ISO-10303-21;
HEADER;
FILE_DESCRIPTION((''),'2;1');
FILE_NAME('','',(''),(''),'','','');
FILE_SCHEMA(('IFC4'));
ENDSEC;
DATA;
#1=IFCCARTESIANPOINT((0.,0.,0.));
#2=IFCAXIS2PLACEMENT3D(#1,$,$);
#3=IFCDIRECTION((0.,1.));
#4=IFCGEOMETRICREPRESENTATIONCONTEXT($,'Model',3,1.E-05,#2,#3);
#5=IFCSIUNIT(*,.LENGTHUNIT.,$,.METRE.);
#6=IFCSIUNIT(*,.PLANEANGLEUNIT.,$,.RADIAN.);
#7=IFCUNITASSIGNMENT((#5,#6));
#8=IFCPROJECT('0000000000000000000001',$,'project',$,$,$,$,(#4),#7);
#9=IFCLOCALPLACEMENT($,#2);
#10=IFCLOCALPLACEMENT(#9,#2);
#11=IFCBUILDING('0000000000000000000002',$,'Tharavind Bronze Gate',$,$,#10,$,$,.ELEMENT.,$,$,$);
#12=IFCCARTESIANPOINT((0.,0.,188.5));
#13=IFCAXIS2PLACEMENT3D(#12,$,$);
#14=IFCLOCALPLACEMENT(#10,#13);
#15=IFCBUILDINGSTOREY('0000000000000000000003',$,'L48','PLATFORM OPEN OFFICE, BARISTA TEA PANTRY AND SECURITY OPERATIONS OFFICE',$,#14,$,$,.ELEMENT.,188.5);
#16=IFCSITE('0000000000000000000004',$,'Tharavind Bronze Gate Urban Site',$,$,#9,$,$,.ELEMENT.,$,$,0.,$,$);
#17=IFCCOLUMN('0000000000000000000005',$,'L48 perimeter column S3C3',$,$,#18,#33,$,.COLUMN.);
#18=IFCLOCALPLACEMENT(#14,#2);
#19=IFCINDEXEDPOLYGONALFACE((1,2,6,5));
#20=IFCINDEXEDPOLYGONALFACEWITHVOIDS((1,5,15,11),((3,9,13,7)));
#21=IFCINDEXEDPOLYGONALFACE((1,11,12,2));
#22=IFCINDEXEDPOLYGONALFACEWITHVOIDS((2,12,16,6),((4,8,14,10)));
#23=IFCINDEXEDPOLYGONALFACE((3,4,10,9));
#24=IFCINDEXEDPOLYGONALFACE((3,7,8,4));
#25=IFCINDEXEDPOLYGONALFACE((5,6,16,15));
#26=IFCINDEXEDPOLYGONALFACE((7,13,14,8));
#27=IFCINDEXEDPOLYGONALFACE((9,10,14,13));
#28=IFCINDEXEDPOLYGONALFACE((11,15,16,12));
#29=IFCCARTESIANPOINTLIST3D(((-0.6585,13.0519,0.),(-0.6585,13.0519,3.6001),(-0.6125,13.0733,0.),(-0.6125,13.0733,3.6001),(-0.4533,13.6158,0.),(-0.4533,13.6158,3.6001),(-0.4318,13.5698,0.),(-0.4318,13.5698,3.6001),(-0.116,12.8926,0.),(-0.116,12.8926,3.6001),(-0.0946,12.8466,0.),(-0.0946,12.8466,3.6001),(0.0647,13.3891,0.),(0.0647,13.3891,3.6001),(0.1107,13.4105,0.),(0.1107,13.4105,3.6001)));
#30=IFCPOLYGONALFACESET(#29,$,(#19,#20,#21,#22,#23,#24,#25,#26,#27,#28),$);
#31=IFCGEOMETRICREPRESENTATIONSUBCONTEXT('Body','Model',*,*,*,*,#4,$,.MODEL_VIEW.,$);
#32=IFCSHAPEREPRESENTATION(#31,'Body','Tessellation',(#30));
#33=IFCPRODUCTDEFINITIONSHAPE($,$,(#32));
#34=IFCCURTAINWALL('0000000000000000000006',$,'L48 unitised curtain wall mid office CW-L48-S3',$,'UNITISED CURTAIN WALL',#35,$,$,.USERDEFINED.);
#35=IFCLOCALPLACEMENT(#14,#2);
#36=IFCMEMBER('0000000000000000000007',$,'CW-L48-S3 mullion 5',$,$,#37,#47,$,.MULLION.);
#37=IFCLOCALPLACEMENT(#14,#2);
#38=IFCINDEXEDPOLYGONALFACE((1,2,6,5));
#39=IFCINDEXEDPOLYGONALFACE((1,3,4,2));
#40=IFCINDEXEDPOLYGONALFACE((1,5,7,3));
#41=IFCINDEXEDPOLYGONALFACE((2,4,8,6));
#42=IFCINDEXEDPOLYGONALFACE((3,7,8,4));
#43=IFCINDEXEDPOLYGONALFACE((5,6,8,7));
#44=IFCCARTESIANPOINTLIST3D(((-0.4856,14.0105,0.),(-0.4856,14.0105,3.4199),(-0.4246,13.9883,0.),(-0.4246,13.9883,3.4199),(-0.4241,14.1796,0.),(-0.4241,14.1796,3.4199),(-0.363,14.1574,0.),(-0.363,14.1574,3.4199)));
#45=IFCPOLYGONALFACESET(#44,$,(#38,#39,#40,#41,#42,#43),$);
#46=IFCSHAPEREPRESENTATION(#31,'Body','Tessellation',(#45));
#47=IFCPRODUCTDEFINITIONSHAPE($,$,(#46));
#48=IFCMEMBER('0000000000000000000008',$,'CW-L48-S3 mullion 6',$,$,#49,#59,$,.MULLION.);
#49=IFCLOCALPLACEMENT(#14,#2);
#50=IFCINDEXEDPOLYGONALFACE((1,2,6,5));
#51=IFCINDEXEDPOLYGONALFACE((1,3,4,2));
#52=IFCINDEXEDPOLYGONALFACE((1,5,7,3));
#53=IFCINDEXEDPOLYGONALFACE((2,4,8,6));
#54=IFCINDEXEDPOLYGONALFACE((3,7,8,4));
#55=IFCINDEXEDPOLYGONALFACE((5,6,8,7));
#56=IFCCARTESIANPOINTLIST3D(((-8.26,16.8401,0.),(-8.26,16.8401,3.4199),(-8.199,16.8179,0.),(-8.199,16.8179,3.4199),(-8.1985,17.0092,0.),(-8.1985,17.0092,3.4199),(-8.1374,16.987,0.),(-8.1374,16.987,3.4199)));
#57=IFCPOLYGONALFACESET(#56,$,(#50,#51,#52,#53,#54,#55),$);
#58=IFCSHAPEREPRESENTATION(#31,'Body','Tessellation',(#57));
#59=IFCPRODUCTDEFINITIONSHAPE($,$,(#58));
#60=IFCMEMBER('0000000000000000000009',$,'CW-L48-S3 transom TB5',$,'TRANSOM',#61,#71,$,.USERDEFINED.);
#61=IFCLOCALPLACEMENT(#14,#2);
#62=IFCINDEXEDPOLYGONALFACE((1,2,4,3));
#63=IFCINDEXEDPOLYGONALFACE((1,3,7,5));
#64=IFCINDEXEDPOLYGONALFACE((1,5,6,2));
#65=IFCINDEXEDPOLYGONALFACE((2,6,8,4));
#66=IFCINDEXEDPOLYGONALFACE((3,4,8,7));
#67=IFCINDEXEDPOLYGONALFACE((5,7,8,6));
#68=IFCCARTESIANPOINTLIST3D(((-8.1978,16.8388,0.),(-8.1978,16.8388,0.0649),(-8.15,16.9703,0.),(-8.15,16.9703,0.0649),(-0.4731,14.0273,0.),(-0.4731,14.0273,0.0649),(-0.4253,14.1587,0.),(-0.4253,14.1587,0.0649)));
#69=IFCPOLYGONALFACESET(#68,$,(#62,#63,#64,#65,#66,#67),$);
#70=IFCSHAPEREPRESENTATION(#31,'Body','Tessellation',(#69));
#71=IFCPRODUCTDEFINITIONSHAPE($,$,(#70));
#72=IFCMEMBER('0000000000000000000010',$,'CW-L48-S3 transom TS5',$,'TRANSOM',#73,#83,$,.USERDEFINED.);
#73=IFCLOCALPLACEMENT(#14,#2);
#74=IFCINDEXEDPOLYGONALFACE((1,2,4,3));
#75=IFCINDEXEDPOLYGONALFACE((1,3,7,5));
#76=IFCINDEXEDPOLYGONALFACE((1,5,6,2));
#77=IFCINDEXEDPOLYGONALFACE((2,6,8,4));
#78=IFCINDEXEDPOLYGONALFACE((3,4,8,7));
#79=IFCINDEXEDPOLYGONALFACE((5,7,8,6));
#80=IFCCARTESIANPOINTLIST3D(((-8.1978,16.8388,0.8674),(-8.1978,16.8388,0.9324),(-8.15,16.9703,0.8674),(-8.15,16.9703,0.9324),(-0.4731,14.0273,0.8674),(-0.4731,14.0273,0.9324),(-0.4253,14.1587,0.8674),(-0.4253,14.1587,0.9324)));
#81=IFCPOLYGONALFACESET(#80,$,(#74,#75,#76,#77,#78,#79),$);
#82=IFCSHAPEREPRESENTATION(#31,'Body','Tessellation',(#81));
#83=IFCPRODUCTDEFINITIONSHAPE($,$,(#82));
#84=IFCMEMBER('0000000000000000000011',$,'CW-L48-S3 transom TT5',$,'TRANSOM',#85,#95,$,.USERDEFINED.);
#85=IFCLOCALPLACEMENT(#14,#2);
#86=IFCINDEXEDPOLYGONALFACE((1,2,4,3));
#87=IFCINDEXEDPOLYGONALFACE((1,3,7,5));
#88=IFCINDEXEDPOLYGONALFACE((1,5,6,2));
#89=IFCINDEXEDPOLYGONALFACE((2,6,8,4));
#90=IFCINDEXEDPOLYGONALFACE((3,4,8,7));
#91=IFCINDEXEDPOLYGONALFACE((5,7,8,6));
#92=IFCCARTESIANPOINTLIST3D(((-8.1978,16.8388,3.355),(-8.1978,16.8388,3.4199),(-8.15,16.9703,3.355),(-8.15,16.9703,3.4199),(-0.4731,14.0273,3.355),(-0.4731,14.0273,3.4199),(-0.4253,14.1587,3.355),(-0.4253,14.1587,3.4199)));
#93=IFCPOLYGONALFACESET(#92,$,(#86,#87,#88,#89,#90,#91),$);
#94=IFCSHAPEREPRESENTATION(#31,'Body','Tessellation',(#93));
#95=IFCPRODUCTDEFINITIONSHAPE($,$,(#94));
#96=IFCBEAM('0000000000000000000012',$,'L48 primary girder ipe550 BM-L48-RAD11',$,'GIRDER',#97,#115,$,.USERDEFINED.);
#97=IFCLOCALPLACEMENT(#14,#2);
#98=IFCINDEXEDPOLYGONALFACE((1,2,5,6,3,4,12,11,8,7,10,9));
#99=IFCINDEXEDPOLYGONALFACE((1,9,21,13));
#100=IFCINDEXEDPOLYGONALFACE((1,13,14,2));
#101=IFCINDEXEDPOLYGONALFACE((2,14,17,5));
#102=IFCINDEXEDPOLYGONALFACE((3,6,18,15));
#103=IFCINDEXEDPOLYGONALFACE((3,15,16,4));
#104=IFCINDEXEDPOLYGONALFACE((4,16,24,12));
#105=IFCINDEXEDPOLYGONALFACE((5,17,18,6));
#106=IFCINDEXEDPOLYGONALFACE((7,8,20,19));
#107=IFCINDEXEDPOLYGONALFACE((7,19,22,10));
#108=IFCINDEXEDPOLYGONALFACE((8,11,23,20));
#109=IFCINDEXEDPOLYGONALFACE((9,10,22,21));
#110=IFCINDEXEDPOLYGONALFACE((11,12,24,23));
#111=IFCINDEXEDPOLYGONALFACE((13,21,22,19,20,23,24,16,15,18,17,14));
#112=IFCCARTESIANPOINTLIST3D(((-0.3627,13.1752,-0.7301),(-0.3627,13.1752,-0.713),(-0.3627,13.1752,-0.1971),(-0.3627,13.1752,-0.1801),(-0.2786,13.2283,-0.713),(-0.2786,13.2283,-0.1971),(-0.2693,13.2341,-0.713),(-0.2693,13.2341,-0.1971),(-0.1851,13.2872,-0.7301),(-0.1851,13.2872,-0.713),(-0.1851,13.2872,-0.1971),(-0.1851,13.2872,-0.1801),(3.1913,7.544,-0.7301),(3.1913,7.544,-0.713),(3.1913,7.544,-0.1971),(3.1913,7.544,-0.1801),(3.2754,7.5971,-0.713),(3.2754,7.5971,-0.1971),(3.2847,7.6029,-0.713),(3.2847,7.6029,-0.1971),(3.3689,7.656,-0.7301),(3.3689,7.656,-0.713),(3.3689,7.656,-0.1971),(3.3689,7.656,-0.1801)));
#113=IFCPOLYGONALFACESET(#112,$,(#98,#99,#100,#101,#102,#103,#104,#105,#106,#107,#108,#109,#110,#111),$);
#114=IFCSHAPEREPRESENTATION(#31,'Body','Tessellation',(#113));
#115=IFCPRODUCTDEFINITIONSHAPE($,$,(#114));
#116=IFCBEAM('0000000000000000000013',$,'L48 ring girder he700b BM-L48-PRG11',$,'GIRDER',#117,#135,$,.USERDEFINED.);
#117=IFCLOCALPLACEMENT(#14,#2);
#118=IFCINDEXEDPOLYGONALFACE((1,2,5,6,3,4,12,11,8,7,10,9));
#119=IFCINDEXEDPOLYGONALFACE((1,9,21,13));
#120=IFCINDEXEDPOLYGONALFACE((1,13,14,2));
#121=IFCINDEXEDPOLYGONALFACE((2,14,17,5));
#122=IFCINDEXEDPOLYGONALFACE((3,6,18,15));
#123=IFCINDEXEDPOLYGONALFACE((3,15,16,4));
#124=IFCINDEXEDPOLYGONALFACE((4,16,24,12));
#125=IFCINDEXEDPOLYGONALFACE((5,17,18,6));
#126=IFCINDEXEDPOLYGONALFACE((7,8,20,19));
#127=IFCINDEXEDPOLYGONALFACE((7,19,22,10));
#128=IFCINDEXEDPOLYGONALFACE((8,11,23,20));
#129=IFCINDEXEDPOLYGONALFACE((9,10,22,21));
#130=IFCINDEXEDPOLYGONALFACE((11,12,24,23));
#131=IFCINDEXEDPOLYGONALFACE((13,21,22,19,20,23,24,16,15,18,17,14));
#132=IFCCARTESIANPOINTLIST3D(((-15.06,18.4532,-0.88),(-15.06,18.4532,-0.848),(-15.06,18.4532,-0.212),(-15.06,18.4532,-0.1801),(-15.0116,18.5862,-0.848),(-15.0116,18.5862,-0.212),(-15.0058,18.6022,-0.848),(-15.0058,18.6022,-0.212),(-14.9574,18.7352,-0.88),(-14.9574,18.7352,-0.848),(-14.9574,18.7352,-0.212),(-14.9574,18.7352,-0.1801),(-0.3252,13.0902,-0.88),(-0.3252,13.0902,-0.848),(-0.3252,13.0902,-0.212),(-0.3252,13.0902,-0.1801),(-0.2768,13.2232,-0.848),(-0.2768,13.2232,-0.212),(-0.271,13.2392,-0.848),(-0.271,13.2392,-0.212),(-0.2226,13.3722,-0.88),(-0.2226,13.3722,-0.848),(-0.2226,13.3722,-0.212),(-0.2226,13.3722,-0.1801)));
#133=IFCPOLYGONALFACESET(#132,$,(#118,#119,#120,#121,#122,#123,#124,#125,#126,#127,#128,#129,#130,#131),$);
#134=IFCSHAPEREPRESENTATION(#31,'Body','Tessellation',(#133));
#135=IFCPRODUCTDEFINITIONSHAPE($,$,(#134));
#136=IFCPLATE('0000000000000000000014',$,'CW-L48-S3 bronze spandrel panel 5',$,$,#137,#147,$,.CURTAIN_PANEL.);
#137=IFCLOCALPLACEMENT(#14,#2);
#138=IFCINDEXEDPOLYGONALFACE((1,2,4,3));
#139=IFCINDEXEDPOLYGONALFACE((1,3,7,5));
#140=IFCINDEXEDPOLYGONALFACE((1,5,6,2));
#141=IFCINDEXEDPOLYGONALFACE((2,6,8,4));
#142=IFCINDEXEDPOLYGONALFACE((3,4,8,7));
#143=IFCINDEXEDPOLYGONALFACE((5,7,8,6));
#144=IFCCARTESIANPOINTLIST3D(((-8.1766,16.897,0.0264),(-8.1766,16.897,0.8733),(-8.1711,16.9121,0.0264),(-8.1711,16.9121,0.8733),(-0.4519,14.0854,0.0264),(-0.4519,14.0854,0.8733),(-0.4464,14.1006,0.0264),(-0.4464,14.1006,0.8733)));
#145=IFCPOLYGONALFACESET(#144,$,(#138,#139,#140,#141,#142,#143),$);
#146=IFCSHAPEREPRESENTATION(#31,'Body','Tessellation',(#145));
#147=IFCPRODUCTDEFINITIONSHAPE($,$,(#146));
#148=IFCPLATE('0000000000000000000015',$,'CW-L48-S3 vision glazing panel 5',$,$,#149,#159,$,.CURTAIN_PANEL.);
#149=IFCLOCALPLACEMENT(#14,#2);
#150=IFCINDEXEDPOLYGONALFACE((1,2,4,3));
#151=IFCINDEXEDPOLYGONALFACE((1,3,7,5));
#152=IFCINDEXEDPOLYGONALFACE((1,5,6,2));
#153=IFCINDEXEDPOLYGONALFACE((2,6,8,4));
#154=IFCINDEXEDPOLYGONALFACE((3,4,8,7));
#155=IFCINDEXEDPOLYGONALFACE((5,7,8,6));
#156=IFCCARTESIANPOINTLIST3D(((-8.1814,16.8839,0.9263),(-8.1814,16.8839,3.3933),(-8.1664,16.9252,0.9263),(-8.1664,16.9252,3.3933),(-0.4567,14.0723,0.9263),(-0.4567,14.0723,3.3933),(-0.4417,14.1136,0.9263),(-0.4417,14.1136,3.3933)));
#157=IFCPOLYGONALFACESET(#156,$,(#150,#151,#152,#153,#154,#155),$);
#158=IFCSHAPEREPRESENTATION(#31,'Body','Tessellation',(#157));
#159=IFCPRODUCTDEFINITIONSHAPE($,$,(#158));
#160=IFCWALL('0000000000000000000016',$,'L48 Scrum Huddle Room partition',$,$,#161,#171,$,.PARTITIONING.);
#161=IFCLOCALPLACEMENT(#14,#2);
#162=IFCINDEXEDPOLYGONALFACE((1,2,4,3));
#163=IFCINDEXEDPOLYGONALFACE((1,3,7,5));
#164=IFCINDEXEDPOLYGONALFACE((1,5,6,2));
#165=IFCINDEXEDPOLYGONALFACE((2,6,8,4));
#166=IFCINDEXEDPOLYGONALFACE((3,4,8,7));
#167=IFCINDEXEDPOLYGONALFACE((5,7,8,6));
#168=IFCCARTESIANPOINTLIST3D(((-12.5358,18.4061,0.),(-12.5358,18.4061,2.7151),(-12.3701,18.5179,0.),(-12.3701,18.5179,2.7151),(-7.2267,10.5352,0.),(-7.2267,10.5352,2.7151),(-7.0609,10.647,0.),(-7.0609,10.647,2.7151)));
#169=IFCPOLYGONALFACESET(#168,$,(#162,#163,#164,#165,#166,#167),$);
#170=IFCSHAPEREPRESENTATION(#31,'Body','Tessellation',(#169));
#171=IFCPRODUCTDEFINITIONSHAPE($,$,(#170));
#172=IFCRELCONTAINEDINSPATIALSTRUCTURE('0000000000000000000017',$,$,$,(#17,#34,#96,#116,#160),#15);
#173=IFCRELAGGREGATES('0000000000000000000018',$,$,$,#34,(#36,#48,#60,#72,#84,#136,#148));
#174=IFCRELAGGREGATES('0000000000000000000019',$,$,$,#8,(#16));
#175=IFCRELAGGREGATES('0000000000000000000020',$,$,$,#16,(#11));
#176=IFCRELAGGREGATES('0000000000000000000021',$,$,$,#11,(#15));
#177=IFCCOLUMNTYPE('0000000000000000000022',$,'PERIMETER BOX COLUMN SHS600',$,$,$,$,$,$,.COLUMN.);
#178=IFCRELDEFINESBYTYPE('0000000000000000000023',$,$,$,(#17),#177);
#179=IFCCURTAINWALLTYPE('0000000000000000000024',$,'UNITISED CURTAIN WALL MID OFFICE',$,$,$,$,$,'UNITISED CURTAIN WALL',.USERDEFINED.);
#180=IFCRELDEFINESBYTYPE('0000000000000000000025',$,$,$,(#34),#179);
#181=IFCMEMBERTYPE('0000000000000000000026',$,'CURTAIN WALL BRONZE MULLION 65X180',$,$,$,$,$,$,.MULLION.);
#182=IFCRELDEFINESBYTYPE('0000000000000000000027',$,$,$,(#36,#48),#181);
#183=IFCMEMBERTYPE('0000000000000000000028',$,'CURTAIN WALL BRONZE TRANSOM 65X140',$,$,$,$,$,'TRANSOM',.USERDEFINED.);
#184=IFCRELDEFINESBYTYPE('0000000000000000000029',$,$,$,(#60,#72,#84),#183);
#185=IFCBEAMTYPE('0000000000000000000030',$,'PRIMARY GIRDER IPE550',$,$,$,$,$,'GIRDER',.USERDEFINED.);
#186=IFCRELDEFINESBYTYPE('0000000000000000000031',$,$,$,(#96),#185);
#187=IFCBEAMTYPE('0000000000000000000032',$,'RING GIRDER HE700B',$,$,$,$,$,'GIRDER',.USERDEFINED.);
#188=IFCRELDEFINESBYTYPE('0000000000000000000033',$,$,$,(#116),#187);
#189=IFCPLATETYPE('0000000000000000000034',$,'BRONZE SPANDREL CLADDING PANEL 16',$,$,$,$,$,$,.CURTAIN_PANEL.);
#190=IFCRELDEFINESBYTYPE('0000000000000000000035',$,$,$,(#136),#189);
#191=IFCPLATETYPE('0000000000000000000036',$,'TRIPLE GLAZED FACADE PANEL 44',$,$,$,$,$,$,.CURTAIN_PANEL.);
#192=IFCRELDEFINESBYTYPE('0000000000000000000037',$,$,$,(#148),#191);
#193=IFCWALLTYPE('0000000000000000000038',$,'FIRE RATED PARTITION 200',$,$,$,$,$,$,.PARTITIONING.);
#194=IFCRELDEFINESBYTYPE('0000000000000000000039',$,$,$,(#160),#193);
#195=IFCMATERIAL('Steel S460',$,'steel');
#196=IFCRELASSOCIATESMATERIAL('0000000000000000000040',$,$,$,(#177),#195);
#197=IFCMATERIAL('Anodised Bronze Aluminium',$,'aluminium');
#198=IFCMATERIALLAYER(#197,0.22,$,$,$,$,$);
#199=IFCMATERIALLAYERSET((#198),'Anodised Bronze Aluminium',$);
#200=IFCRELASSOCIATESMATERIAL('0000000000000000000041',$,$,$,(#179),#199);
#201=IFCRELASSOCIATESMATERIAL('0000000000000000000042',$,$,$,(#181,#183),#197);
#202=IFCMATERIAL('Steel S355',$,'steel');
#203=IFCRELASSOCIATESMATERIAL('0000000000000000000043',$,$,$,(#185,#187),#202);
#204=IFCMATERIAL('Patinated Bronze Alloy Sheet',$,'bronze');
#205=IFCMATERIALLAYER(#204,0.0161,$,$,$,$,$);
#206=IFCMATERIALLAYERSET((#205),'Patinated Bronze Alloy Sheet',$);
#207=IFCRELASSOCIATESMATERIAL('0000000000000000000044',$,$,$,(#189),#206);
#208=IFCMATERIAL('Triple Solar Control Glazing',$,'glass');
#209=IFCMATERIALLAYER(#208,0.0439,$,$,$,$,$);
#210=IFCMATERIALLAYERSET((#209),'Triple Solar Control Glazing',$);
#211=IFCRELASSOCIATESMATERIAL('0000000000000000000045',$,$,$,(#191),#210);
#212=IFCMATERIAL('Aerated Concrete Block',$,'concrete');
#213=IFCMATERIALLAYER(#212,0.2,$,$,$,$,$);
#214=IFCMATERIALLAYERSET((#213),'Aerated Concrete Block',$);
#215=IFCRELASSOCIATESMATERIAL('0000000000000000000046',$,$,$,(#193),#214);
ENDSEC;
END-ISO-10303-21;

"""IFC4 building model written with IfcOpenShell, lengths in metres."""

from ifc_helpers import new_model, si_unit, direction, frame, frame_2d, origin, origin_2d, place, context, subcontext, project, spatial, rectangle, hollow_rectangle, i_section, extrude, material, layer, layer_set, material_profile, profile_set, type_object, element, aggregate, save


model = new_model("IFC4")

# Units and contexts
model_context = context("Model", 3, precision=1e-05, world=origin(), true_north=direction((0.0, 1.0)))
body_context = subcontext(model_context, "Body", "Model", "MODEL_VIEW")
ifc_project = project(units=[si_unit("LENGTHUNIT", "METRE"), si_unit("PLANEANGLEUNIT", "RADIAN")], contexts=[model_context])

# Site, building, storey
site_placement = place(None, origin())
site = spatial("IfcSite", under=ifc_project, at=site_placement, Name="Tharavind Bronze Gate Urban Site", CompositionType="ELEMENT", RefElevation=0.0)
building_placement = place(site_placement, origin())
building = spatial("IfcBuilding", under=site, at=building_placement, Name="Tharavind Bronze Gate", CompositionType="ELEMENT")
storey_placement = place(building_placement, frame((0.0, 0.0, 188.5)))
storey = spatial("IfcBuildingStorey", under=building, at=storey_placement, Name="L48", Description="PLATFORM OPEN OFFICE, BARISTA TEA PANTRY AND SECURITY OPERATIONS OFFICE", CompositionType="ELEMENT", Elevation=188.5)

# Column
ifc_material_1 = material(Name="Steel S460", Category="steel")
ifc_material_profile_1 = material_profile(ifc_material_1, hollow_rectangle(XDim=0.6001, YDim=0.6001, WallThickness=0.0359, at=origin_2d()), Name="SHS600X36")
ifc_profile_set_1 = profile_set([ifc_material_profile_1], Name="Steel S460")
column_type = type_object("IfcColumnType", Name="PERIMETER BOX COLUMN SHS600", PredefinedType="COLUMN", material=ifc_profile_set_1)
column_placement = place(storey_placement, frame((-0.2739, 13.2312, 0.0), z_axis=(0.0, 0.0, 1.0), x_axis=(-0.939692, 0.342022, 0.0)))
element("IfcColumn", 1, at=column_placement, inside=storey, type_object=column_type, Name="L48 perimeter column S3C3", PredefinedType="COLUMN", context=body_context, shape_type="SweptSolid", body=[
    extrude(hollow_rectangle(XDim=0.6001, YDim=0.6001, WallThickness=0.0359, at=origin_2d()), origin(), (0.0, 0.0, 1.0), 3.6001),
])

# Curtain wall, members
ifc_material_2 = material(Name="Anodised Bronze Aluminium", Category="aluminium")
ifc_layer_1 = layer(ifc_material_2, 0.22)
ifc_layer_set_1 = layer_set([ifc_layer_1], Name="Anodised Bronze Aluminium")
curtain_wall_type = type_object("IfcCurtainWallType", Name="UNITISED CURTAIN WALL MID OFFICE", ElementType="UNITISED CURTAIN WALL", PredefinedType="USERDEFINED", material=ifc_layer_set_1)
curtain_wall_placement = place(storey_placement, origin())
curtain_wall = element("IfcCurtainWall", 2, at=curtain_wall_placement, inside=storey, type_object=curtain_wall_type, Name="L48 unitised curtain wall mid office CW-L48-S3", ObjectType="UNITISED CURTAIN WALL", PredefinedType="USERDEFINED")
member_type_1 = type_object("IfcMemberType", Name="CURTAIN WALL BRONZE MULLION 65X180", PredefinedType="MULLION", material=ifc_material_2)
member_1_placement = place(storey_placement, frame((-0.4243, 14.084, 0.0), z_axis=(0.0, 0.0, 1.0), x_axis=(-0.939692, 0.342022, 0.0)))
member_1 = element("IfcMember", 3, at=member_1_placement, type_object=member_type_1, Name="CW-L48-S3 mullion 5", PredefinedType="MULLION", context=body_context, shape_type="SweptSolid", body=[
    extrude(rectangle(XDim=0.0649, YDim=0.1799, at=origin_2d()), origin(), (0.0, 0.0, 1.0), 3.4199),
])
member_2_placement = place(storey_placement, frame((-8.1987, 16.9136, 0.0), z_axis=(0.0, 0.0, 1.0), x_axis=(-0.939692, 0.342022, 0.0)))
member_2 = element("IfcMember", 4, at=member_2_placement, type_object=member_type_1, Name="CW-L48-S3 mullion 6", PredefinedType="MULLION", context=body_context, shape_type="SweptSolid", body=[
    extrude(rectangle(XDim=0.0649, YDim=0.1799, at=origin_2d()), origin(), (0.0, 0.0, 1.0), 3.4199),
])
member_type_2 = type_object("IfcMemberType", Name="CURTAIN WALL BRONZE TRANSOM 65X140", ElementType="TRANSOM", PredefinedType="USERDEFINED", material=ifc_material_2)
member_3_placement = place(storey_placement, frame((-4.3115, 15.4988, 0.0), z_axis=(0.0, 0.0, 1.0), x_axis=(-0.939692, 0.342022, 0.0)))
member_3 = element("IfcMember", 5, at=member_3_placement, type_object=member_type_2, Name="CW-L48-S3 transom TB5", ObjectType="TRANSOM", PredefinedType="USERDEFINED", context=body_context, shape_type="SweptSolid", body=[
    extrude(rectangle(XDim=8.2205, YDim=0.1399, at=origin_2d()), origin(), (0.0, 0.0, 1.0), 0.0649),
])
member_4_placement = place(storey_placement, frame((-4.3115, 15.4988, 0.8674), z_axis=(0.0, 0.0, 1.0), x_axis=(-0.939692, 0.342022, 0.0)))
member_4 = element("IfcMember", 6, at=member_4_placement, type_object=member_type_2, Name="CW-L48-S3 transom TS5", ObjectType="TRANSOM", PredefinedType="USERDEFINED", context=body_context, shape_type="SweptSolid", body=[
    extrude(rectangle(XDim=8.2205, YDim=0.1399, at=origin_2d()), origin(), (0.0, 0.0, 1.0), 0.0649),
])
member_5_placement = place(storey_placement, frame((-4.3115, 15.4988, 3.355), z_axis=(0.0, 0.0, 1.0), x_axis=(-0.939692, 0.342022, 0.0)))
member_5 = element("IfcMember", 7, at=member_5_placement, type_object=member_type_2, Name="CW-L48-S3 transom TT5", ObjectType="TRANSOM", PredefinedType="USERDEFINED", context=body_context, shape_type="SweptSolid", body=[
    extrude(rectangle(XDim=8.2205, YDim=0.1399, at=origin_2d()), origin(), (0.0, 0.0, 1.0), 0.0649),
])

# Beams
ifc_material_3 = material(Name="Steel S355", Category="steel")
ifc_material_profile_2 = material_profile(ifc_material_3, i_section(OverallWidth=0.21, OverallDepth=0.55, WebThickness=0.011, FlangeThickness=0.0171, at=origin_2d()), Name="IPE550")
ifc_profile_set_2 = profile_set([ifc_material_profile_2], Name="Steel S355")
beam_type_1 = type_object("IfcBeamType", Name="PRIMARY GIRDER IPE550", ElementType="GIRDER", PredefinedType="USERDEFINED", material=ifc_profile_set_2)
beam_1_placement = place(storey_placement, frame((-0.2739, 13.2312, -0.4551), z_axis=(0.533721, -0.84566, 0.0), x_axis=(0.84566, 0.533721, 0.0)))
element("IfcBeam", 8, at=beam_1_placement, inside=storey, type_object=beam_type_1, Name="L48 primary girder ipe550 BM-L48-RAD11", ObjectType="GIRDER", PredefinedType="USERDEFINED", context=body_context, shape_type="SweptSolid", body=[
    extrude(i_section(OverallWidth=0.21, OverallDepth=0.55, WebThickness=0.011, FlangeThickness=0.0171, at=origin_2d()), origin(), (0.0, 0.0, 1.0), 6.6589),
])
ifc_material_profile_3 = material_profile(ifc_material_3, i_section(OverallWidth=0.3, OverallDepth=0.7, WebThickness=0.0171, FlangeThickness=0.032, at=origin_2d()), Name="HE700B")
ifc_profile_set_3 = profile_set([ifc_material_profile_3], Name="Steel S355")
beam_type_2 = type_object("IfcBeamType", Name="RING GIRDER HE700B", ElementType="GIRDER", PredefinedType="USERDEFINED", material=ifc_profile_set_3)
beam_2_placement = place(storey_placement, frame((-0.2739, 13.2312, -0.53), z_axis=(-0.939693, 0.342019, 0.0), x_axis=(-0.342019, -0.939693, 0.0)))
element("IfcBeam", 9, at=beam_2_placement, inside=storey, type_object=beam_type_2, Name="L48 ring girder he700b BM-L48-PRG11", ObjectType="GIRDER", PredefinedType="USERDEFINED", context=body_context, shape_type="SweptSolid", body=[
    extrude(i_section(OverallWidth=0.3, OverallDepth=0.7, WebThickness=0.0171, FlangeThickness=0.032, at=origin_2d()), origin(), (0.0, 0.0, 1.0), 15.6804),
])

# Plates
ifc_material_4 = material(Name="Patinated Bronze Alloy Sheet", Category="bronze")
ifc_layer_2 = layer(ifc_material_4, 0.0161)
ifc_layer_set_2 = layer_set([ifc_layer_2], Name="Patinated Bronze Alloy Sheet")
plate_type_1 = type_object("IfcPlateType", Name="BRONZE SPANDREL CLADDING PANEL 16", PredefinedType="CURTAIN_PANEL", material=ifc_layer_set_2)
plate_1_placement = place(storey_placement, frame((-4.3115, 15.4988, 0.0264), z_axis=(0.0, 0.0, 1.0), x_axis=(-0.939692, 0.342022, 0.0)))
plate_1 = element("IfcPlate", 10, at=plate_1_placement, type_object=plate_type_1, Name="CW-L48-S3 bronze spandrel panel 5", PredefinedType="CURTAIN_PANEL", context=body_context, shape_type="SweptSolid", body=[
    extrude(rectangle(XDim=8.2205, YDim=0.0161, at=origin_2d()), origin(), (0.0, 0.0, 1.0), 0.8469),
])
ifc_material_5 = material(Name="Triple Solar Control Glazing", Category="glass")
ifc_layer_3 = layer(ifc_material_5, 0.0439)
ifc_layer_set_3 = layer_set([ifc_layer_3], Name="Triple Solar Control Glazing")
plate_type_2 = type_object("IfcPlateType", Name="TRIPLE GLAZED FACADE PANEL 44", PredefinedType="CURTAIN_PANEL", material=ifc_layer_set_3)
plate_2_placement = place(storey_placement, frame((-4.3115, 15.4988, 0.9263), z_axis=(0.0, 0.0, 1.0), x_axis=(-0.939692, 0.342022, 0.0)))
plate_2 = element("IfcPlate", 11, at=plate_2_placement, type_object=plate_type_2, Name="CW-L48-S3 vision glazing panel 5", PredefinedType="CURTAIN_PANEL", context=body_context, shape_type="SweptSolid", body=[
    extrude(rectangle(XDim=8.2205, YDim=0.0439, at=origin_2d()), origin(), (0.0, 0.0, 1.0), 2.467),
])
aggregate(curtain_wall, [member_1, member_2, member_3, member_4, member_5, plate_1, plate_2])

# Shared definitions
ifc_material_6 = material(Name="Aerated Concrete Block", Category="concrete")
ifc_layer_4 = layer(ifc_material_6, 0.2)
ifc_layer_set_4 = layer_set([ifc_layer_4], Name="Aerated Concrete Block")
wall_type_1 = type_object("IfcWallType", Name="FIRE RATED PARTITION 200", PredefinedType="PARTITIONING", material=ifc_layer_set_4)

# Wall
wall_1_placement = place(storey_placement, frame((-7.1438, 10.5911, 0.0), z_axis=(0.0, 0.0, 1.0), x_axis=(-0.559202, 0.829031, 0.0)))
element("IfcWall", 12, at=wall_1_placement, inside=storey, type_object=wall_type_1, Name="L48 Scrum Huddle Room partition", PredefinedType="PARTITIONING", context=body_context, shape_type="SweptSolid", body=[
    extrude(rectangle(XDim=9.4941, YDim=0.2, at=frame_2d((4.7471, 0.0))), origin(), (0.0, 0.0, 1.0), 2.7151),
])

save(model, "model.ifc")
